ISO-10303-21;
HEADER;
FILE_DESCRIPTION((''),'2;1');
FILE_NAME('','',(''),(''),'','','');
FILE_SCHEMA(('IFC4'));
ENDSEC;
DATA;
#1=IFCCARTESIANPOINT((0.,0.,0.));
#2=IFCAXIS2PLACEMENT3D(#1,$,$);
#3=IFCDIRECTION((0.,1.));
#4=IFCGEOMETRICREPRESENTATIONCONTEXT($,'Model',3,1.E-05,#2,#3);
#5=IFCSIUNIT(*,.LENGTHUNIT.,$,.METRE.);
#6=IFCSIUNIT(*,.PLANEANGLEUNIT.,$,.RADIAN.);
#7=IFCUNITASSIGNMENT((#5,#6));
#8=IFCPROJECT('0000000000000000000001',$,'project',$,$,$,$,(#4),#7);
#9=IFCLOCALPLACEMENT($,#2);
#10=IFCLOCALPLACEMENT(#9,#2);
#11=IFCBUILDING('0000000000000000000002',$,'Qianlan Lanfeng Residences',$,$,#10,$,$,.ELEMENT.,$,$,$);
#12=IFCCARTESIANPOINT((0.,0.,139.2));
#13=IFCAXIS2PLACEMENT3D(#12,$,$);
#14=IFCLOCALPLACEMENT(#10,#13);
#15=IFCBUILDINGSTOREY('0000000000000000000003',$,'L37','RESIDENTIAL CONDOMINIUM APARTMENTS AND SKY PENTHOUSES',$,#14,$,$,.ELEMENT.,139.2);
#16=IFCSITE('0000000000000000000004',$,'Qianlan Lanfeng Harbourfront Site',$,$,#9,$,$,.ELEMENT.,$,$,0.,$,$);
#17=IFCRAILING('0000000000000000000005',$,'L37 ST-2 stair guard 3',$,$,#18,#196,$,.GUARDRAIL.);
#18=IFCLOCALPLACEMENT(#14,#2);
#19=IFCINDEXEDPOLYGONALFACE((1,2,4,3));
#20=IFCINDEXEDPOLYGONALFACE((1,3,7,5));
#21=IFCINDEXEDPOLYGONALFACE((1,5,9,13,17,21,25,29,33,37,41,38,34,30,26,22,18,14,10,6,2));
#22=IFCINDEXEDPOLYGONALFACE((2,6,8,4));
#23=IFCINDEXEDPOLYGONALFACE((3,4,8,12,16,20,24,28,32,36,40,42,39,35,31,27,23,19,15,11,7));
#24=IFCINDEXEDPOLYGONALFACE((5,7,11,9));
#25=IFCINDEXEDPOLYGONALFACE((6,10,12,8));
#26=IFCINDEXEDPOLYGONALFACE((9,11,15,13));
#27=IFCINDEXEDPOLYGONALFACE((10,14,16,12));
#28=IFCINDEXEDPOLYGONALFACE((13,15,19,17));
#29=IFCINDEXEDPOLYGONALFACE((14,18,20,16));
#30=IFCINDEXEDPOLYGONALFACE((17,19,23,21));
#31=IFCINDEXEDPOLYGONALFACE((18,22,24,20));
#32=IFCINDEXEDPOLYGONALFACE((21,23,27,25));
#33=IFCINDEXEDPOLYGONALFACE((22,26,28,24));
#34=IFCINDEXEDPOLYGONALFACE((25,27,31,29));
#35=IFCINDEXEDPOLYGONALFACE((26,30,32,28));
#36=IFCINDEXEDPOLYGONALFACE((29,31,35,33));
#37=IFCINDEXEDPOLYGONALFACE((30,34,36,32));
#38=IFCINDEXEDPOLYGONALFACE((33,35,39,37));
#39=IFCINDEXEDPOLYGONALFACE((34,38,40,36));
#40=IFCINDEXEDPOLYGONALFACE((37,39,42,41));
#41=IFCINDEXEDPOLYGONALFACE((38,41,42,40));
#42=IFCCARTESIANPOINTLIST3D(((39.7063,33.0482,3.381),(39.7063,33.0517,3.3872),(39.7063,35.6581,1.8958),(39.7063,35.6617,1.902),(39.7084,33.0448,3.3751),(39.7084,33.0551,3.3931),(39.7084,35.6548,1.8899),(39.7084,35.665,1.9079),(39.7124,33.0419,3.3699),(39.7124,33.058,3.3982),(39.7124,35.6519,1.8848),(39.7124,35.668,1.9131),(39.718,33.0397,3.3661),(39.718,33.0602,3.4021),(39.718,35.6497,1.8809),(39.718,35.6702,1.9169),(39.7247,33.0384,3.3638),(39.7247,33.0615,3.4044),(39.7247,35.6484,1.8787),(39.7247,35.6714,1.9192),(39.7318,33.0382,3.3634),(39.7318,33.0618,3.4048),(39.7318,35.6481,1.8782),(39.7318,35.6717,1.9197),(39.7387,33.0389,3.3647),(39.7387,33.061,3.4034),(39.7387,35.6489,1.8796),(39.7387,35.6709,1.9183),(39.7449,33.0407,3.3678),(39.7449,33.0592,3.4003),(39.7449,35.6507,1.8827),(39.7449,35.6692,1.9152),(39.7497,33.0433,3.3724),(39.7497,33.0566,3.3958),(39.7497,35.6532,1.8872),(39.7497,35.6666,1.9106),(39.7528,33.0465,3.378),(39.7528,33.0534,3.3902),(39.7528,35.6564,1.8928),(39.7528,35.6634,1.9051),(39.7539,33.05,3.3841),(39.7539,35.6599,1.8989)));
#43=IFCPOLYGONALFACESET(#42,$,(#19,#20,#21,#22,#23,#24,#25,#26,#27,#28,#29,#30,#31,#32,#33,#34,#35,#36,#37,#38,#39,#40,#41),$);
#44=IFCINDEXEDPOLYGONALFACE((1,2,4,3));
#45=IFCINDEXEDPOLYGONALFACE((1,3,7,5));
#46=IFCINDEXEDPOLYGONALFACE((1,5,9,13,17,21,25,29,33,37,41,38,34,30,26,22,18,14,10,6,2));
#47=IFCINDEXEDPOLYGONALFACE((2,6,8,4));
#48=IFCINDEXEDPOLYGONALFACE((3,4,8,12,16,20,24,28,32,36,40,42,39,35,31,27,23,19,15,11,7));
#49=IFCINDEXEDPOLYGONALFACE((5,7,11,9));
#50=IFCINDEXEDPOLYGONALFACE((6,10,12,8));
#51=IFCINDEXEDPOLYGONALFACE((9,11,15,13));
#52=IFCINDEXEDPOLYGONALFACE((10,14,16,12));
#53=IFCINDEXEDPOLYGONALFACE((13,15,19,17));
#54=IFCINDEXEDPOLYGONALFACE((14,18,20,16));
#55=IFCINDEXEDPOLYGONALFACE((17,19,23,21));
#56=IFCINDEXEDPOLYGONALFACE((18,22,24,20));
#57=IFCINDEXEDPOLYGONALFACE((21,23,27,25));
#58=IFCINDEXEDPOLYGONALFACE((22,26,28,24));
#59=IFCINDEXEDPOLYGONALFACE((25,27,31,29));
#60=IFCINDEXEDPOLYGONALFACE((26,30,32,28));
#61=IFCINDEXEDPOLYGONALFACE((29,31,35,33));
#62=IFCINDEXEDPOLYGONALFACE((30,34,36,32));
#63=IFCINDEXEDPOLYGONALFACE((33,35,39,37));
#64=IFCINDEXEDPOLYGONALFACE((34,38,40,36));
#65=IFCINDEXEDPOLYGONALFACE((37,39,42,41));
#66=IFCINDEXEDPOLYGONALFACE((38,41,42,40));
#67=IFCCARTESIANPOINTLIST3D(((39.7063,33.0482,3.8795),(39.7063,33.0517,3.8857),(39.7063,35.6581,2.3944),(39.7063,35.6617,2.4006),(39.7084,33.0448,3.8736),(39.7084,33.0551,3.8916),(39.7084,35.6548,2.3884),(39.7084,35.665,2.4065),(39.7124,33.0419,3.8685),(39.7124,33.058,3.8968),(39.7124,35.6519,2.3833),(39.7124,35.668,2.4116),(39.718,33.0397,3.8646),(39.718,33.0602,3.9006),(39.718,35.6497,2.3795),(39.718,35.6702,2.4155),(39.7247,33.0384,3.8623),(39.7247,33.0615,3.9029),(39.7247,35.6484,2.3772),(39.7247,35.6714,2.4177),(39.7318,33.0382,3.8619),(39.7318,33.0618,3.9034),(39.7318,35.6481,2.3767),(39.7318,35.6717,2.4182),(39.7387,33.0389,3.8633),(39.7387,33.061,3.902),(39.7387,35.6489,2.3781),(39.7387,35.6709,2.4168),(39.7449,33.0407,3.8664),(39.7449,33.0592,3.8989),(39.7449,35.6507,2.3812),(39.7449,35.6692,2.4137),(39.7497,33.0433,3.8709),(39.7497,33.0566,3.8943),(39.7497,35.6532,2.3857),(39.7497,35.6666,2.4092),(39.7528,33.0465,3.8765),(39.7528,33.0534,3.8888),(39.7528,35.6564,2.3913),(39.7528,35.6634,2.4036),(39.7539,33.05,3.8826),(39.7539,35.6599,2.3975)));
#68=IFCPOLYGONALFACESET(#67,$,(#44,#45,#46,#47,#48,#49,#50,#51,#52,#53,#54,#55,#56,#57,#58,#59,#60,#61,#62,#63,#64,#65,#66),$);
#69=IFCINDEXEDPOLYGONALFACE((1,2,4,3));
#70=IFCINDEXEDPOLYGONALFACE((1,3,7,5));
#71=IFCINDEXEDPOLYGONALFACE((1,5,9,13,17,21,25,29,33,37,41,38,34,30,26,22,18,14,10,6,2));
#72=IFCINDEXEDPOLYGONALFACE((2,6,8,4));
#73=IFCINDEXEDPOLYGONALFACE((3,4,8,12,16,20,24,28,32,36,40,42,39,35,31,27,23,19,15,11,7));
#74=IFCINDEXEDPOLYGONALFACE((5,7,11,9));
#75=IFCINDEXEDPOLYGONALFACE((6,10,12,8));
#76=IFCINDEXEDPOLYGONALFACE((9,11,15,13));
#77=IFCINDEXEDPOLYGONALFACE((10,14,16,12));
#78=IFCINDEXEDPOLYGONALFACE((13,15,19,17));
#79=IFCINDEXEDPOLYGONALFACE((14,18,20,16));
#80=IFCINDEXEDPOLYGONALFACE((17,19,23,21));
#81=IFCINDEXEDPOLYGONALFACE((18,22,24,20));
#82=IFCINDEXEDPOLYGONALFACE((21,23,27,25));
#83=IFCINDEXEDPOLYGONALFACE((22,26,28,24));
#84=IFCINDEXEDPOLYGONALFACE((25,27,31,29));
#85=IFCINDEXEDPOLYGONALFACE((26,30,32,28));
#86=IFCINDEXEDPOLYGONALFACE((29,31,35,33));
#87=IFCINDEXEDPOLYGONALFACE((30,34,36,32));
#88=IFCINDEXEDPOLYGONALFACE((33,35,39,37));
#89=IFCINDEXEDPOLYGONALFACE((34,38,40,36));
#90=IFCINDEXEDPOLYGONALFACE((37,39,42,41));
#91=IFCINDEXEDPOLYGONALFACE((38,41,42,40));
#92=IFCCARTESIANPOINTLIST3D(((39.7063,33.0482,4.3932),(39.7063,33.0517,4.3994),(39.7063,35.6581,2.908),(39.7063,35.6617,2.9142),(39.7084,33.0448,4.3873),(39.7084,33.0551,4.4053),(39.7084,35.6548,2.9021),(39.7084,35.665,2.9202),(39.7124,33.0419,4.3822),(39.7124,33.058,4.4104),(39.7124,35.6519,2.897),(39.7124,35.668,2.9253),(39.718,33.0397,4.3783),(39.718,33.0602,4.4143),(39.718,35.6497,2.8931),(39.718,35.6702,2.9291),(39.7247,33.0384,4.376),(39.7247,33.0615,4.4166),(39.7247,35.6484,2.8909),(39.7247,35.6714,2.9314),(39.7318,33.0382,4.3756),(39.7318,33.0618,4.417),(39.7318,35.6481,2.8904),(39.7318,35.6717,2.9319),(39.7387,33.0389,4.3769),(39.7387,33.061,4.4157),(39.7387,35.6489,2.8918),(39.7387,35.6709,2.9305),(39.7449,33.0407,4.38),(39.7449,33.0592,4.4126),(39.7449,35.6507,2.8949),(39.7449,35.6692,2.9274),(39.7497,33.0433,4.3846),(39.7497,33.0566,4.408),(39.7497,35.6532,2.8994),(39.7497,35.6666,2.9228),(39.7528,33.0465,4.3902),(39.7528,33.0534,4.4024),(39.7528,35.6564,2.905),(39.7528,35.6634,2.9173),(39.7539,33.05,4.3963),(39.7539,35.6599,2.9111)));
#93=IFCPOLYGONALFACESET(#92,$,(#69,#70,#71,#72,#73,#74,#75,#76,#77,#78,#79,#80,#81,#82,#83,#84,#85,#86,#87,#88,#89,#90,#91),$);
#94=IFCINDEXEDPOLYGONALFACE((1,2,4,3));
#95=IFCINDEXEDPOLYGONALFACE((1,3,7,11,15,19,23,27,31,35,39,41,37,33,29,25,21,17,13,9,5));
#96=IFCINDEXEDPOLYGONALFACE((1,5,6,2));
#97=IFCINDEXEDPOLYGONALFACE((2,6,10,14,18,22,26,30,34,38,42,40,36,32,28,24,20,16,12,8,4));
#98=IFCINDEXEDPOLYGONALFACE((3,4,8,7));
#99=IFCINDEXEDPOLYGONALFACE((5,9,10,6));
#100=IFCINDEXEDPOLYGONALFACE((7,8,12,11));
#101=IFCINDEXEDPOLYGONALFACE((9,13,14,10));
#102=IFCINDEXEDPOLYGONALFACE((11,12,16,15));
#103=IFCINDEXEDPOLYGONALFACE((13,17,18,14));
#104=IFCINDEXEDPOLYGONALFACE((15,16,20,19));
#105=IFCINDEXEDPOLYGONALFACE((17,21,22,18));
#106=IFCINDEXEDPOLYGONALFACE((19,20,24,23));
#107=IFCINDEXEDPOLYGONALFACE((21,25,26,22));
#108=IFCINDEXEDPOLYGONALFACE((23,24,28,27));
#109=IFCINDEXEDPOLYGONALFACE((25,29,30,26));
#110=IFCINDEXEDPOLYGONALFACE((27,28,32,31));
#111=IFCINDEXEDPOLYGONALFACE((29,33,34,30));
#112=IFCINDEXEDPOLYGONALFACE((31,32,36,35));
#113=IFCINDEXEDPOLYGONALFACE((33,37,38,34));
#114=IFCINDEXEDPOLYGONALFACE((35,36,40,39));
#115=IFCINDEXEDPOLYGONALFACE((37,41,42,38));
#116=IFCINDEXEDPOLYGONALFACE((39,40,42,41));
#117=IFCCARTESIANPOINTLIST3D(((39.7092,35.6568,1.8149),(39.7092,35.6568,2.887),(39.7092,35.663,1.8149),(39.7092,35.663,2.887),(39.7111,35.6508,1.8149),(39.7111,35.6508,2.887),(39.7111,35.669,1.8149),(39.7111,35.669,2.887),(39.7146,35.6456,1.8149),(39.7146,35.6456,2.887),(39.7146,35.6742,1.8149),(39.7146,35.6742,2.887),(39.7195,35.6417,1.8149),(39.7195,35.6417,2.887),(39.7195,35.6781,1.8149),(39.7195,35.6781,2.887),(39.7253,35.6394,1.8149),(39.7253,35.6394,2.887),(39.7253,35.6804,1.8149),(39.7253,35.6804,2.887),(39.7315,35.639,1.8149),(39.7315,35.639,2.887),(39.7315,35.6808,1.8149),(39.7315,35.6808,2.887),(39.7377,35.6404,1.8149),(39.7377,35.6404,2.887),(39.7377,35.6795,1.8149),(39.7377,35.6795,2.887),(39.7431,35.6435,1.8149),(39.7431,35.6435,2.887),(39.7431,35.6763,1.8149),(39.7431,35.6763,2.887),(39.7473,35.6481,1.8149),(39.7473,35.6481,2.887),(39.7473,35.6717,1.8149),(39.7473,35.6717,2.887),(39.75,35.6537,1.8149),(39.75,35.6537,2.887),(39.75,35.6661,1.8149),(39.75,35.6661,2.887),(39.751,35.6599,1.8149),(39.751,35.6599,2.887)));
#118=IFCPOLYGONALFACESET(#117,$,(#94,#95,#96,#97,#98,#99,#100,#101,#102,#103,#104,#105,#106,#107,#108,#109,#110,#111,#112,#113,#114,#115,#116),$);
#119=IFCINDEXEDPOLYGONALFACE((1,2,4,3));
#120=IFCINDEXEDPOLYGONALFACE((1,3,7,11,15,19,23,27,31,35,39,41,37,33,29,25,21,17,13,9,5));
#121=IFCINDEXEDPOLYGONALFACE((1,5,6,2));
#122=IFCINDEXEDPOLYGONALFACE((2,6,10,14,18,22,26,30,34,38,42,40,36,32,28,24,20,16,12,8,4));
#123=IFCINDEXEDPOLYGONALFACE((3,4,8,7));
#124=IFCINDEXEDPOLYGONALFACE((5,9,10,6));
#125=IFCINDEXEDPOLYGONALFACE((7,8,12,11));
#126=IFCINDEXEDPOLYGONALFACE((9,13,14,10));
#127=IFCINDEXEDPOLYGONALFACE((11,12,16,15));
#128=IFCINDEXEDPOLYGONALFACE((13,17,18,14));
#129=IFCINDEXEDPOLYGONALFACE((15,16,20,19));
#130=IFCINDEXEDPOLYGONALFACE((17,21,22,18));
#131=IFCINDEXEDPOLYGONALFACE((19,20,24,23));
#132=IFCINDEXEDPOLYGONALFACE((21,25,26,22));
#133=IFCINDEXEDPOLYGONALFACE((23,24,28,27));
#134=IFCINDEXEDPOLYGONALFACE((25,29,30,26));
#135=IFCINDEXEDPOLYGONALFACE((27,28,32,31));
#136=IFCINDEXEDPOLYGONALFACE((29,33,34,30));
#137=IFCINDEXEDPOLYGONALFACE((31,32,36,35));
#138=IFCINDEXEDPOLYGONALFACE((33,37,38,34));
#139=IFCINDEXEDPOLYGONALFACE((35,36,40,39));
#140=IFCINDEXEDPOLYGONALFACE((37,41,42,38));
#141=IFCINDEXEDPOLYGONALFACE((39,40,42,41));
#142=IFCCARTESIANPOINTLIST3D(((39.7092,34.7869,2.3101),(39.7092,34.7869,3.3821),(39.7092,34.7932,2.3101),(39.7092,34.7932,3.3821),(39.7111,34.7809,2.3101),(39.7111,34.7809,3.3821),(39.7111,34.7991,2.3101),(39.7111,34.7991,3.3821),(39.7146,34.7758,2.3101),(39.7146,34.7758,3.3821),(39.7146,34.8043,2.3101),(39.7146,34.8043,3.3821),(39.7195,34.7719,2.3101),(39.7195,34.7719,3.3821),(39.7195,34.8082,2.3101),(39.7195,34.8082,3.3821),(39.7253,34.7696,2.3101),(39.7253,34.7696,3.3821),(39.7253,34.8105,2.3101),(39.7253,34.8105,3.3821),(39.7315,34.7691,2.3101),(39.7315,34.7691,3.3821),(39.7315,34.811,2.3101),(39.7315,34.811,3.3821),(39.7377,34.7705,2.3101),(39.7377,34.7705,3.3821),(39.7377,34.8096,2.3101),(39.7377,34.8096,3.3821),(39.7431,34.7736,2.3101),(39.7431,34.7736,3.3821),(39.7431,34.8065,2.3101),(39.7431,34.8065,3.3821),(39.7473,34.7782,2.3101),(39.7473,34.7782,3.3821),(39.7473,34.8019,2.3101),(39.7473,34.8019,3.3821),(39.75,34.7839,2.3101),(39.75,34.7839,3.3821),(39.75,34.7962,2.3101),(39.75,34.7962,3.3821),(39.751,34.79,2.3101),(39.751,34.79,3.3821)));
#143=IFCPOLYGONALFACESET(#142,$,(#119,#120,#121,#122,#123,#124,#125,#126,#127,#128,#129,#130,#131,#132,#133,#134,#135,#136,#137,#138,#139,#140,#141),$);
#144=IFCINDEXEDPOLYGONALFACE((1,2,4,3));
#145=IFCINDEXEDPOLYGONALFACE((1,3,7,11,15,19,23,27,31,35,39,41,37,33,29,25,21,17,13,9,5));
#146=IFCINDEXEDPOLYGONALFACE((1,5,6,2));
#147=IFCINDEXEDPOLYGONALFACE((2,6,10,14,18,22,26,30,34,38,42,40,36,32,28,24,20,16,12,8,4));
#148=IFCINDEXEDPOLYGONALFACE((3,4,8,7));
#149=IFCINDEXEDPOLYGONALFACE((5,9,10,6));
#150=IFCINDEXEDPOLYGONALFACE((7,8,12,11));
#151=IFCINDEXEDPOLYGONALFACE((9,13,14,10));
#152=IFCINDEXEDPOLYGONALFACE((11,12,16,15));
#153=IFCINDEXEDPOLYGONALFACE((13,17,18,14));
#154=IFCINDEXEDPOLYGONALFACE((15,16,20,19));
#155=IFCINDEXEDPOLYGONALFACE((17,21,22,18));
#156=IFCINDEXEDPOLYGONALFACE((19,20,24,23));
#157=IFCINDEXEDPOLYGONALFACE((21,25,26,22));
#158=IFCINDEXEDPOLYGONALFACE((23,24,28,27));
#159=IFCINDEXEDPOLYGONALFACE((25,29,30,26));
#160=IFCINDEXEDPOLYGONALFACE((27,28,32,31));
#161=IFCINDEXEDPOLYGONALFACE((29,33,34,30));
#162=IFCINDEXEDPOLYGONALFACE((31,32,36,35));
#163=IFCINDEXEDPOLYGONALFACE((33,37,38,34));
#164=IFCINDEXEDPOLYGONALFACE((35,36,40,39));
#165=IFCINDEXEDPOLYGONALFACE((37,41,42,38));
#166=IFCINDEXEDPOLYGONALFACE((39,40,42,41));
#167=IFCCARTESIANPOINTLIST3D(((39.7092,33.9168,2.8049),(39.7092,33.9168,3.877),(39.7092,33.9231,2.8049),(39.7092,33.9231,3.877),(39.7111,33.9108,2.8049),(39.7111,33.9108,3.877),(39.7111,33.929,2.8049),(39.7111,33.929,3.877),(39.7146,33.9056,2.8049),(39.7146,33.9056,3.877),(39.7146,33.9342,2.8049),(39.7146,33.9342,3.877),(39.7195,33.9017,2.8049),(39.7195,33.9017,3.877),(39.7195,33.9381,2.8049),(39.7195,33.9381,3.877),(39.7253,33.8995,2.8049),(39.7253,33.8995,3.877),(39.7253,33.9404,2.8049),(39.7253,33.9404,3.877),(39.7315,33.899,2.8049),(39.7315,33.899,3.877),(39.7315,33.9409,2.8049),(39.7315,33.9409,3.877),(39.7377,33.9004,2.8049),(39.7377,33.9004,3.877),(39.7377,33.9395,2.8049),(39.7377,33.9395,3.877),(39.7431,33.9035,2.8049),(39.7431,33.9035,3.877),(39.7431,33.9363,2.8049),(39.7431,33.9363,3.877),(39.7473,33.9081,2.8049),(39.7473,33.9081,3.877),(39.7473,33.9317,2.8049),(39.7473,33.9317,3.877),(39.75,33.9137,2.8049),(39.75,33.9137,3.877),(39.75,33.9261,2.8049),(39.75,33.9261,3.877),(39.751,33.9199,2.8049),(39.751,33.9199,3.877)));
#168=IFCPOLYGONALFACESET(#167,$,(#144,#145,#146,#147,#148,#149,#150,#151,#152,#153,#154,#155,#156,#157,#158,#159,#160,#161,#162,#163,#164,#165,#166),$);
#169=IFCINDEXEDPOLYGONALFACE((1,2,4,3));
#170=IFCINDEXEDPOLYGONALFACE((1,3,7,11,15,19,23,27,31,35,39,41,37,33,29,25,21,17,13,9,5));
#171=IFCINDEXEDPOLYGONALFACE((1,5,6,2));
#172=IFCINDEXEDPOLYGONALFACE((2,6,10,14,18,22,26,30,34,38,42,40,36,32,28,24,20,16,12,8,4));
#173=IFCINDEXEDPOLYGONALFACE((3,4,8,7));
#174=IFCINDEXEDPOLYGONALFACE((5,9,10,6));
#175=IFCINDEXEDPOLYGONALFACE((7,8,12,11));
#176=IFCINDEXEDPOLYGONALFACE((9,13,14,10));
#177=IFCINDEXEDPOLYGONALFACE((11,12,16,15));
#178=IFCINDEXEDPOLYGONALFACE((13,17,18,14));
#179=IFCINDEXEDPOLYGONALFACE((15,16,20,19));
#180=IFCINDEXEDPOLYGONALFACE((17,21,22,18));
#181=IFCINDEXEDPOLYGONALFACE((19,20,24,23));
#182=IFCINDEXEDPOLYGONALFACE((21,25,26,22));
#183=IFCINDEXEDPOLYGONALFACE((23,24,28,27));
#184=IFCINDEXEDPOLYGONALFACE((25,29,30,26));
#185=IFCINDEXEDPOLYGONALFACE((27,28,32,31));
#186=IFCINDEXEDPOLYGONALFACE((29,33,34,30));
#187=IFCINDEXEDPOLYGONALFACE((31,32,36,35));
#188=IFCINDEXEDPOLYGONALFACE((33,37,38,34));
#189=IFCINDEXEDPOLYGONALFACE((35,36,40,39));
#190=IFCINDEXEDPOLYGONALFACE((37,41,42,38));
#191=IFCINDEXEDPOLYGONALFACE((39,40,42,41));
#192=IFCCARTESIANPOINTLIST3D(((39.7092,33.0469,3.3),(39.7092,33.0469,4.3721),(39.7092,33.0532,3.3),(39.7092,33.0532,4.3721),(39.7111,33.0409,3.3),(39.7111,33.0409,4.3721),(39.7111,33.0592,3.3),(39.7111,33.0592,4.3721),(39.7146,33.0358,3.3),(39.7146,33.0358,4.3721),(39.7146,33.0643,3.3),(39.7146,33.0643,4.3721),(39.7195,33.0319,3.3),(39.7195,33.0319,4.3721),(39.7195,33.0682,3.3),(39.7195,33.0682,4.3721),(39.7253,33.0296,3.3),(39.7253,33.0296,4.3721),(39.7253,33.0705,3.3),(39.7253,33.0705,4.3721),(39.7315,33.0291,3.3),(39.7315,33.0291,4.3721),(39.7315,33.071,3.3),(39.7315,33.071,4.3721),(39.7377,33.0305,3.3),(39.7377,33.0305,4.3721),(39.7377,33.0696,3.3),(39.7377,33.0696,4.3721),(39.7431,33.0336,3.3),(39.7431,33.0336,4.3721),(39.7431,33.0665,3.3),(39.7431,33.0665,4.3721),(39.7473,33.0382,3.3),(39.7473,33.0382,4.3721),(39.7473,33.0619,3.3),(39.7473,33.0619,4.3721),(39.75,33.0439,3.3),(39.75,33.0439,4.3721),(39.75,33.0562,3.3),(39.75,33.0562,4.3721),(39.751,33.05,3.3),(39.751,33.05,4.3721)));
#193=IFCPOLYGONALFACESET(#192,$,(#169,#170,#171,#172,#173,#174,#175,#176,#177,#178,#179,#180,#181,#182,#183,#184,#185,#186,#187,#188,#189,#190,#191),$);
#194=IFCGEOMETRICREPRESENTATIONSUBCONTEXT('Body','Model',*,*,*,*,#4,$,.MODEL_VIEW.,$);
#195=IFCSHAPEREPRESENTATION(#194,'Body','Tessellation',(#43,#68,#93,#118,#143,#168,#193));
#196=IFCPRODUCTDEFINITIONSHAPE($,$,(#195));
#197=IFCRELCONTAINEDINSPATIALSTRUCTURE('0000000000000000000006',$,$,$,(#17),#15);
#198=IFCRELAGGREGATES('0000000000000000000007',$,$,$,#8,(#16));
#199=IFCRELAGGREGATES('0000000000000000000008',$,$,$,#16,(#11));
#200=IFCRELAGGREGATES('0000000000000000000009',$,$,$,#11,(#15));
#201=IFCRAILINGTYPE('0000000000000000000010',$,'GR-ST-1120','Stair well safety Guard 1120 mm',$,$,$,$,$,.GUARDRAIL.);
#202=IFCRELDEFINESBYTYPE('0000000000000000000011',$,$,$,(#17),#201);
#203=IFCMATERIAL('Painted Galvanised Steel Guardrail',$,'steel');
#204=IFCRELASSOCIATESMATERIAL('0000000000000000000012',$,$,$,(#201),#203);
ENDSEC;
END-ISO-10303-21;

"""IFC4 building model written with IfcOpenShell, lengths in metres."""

from ifc_helpers import new_model, si_unit, direction, frame, origin, origin_2d, place, context, subcontext, project, spatial, circle, extrude, material, type_object, element, save


model = new_model("IFC4")

# Units and contexts
model_context = context("Model", 3, precision=1e-05, world=origin(), true_north=direction((0.0, 1.0)))
body_context = subcontext(model_context, "Body", "Model", "MODEL_VIEW")
ifc_project = project(units=[si_unit("LENGTHUNIT", "METRE"), si_unit("PLANEANGLEUNIT", "RADIAN")], contexts=[model_context])

# Site, building, storey
site_placement = place(None, origin())
site = spatial("IfcSite", under=ifc_project, at=site_placement, Name="Qianlan Lanfeng Harbourfront Site", CompositionType="ELEMENT", RefElevation=0.0)
building_placement = place(site_placement, origin())
building = spatial("IfcBuilding", under=site, at=building_placement, Name="Qianlan Lanfeng Residences", CompositionType="ELEMENT")
storey_placement = place(building_placement, frame((0.0, 0.0, 139.2)))
storey = spatial("IfcBuildingStorey", under=building, at=storey_placement, Name="L37", Description="RESIDENTIAL CONDOMINIUM APARTMENTS AND SKY PENTHOUSES", CompositionType="ELEMENT", Elevation=139.2)

# Railing
ifc_material_1 = material(Name="Painted Galvanised Steel Guardrail", Category="steel")
railing_type_1 = type_object("IfcRailingType", Name="GR-ST-1120", Description="Stair well safety Guard 1120 mm", PredefinedType="GUARDRAIL", material=ifc_material_1)
railing_1_placement = place(storey_placement, frame((39.73, 35.6599, 1.8149)))
element("IfcRailing", 1, at=railing_1_placement, inside=storey, type_object=railing_type_1, Name="L37 ST-2 stair guard 3", PredefinedType="GUARDRAIL", context=body_context, shape_type="SweptSolid", body=[
    extrude(circle(Radius=0.0239, at=origin_2d()), frame((0.0, 0.0, 0.084), z_axis=(0.0, -0.869137, 0.494571), x_axis=(1.0, 0.0, 0.0)), (0.0, 0.0, 1.0), 3.0029),
    extrude(circle(Radius=0.0239, at=origin_2d()), frame((0.0, 0.0, 0.5825), z_axis=(0.0, -0.869137, 0.494571), x_axis=(1.0, 0.0, 0.0)), (0.0, 0.0, 1.0), 3.0029),
    extrude(circle(Radius=0.0239, at=origin_2d()), frame((0.0, 0.0, 1.0962), z_axis=(0.0, -0.869137, 0.494571), x_axis=(1.0, 0.0, 0.0)), (0.0, 0.0, 1.0), 3.0029),
    extrude(circle(Radius=0.021, at=origin_2d()), origin(), (0.0, 0.0, 1.0), 1.072),
    extrude(circle(Radius=0.021, at=origin_2d()), frame((0.0, -0.8699, 0.4951)), (0.0, 0.0, 1.0), 1.072),
    extrude(circle(Radius=0.021, at=origin_2d()), frame((0.0, -1.74, 0.99)), (0.0, 0.0, 1.0), 1.072),
    extrude(circle(Radius=0.021, at=origin_2d()), frame((0.0, -2.6099, 1.4851)), (0.0, 0.0, 1.0), 1.072),
])

save(model, "model.ifc")
